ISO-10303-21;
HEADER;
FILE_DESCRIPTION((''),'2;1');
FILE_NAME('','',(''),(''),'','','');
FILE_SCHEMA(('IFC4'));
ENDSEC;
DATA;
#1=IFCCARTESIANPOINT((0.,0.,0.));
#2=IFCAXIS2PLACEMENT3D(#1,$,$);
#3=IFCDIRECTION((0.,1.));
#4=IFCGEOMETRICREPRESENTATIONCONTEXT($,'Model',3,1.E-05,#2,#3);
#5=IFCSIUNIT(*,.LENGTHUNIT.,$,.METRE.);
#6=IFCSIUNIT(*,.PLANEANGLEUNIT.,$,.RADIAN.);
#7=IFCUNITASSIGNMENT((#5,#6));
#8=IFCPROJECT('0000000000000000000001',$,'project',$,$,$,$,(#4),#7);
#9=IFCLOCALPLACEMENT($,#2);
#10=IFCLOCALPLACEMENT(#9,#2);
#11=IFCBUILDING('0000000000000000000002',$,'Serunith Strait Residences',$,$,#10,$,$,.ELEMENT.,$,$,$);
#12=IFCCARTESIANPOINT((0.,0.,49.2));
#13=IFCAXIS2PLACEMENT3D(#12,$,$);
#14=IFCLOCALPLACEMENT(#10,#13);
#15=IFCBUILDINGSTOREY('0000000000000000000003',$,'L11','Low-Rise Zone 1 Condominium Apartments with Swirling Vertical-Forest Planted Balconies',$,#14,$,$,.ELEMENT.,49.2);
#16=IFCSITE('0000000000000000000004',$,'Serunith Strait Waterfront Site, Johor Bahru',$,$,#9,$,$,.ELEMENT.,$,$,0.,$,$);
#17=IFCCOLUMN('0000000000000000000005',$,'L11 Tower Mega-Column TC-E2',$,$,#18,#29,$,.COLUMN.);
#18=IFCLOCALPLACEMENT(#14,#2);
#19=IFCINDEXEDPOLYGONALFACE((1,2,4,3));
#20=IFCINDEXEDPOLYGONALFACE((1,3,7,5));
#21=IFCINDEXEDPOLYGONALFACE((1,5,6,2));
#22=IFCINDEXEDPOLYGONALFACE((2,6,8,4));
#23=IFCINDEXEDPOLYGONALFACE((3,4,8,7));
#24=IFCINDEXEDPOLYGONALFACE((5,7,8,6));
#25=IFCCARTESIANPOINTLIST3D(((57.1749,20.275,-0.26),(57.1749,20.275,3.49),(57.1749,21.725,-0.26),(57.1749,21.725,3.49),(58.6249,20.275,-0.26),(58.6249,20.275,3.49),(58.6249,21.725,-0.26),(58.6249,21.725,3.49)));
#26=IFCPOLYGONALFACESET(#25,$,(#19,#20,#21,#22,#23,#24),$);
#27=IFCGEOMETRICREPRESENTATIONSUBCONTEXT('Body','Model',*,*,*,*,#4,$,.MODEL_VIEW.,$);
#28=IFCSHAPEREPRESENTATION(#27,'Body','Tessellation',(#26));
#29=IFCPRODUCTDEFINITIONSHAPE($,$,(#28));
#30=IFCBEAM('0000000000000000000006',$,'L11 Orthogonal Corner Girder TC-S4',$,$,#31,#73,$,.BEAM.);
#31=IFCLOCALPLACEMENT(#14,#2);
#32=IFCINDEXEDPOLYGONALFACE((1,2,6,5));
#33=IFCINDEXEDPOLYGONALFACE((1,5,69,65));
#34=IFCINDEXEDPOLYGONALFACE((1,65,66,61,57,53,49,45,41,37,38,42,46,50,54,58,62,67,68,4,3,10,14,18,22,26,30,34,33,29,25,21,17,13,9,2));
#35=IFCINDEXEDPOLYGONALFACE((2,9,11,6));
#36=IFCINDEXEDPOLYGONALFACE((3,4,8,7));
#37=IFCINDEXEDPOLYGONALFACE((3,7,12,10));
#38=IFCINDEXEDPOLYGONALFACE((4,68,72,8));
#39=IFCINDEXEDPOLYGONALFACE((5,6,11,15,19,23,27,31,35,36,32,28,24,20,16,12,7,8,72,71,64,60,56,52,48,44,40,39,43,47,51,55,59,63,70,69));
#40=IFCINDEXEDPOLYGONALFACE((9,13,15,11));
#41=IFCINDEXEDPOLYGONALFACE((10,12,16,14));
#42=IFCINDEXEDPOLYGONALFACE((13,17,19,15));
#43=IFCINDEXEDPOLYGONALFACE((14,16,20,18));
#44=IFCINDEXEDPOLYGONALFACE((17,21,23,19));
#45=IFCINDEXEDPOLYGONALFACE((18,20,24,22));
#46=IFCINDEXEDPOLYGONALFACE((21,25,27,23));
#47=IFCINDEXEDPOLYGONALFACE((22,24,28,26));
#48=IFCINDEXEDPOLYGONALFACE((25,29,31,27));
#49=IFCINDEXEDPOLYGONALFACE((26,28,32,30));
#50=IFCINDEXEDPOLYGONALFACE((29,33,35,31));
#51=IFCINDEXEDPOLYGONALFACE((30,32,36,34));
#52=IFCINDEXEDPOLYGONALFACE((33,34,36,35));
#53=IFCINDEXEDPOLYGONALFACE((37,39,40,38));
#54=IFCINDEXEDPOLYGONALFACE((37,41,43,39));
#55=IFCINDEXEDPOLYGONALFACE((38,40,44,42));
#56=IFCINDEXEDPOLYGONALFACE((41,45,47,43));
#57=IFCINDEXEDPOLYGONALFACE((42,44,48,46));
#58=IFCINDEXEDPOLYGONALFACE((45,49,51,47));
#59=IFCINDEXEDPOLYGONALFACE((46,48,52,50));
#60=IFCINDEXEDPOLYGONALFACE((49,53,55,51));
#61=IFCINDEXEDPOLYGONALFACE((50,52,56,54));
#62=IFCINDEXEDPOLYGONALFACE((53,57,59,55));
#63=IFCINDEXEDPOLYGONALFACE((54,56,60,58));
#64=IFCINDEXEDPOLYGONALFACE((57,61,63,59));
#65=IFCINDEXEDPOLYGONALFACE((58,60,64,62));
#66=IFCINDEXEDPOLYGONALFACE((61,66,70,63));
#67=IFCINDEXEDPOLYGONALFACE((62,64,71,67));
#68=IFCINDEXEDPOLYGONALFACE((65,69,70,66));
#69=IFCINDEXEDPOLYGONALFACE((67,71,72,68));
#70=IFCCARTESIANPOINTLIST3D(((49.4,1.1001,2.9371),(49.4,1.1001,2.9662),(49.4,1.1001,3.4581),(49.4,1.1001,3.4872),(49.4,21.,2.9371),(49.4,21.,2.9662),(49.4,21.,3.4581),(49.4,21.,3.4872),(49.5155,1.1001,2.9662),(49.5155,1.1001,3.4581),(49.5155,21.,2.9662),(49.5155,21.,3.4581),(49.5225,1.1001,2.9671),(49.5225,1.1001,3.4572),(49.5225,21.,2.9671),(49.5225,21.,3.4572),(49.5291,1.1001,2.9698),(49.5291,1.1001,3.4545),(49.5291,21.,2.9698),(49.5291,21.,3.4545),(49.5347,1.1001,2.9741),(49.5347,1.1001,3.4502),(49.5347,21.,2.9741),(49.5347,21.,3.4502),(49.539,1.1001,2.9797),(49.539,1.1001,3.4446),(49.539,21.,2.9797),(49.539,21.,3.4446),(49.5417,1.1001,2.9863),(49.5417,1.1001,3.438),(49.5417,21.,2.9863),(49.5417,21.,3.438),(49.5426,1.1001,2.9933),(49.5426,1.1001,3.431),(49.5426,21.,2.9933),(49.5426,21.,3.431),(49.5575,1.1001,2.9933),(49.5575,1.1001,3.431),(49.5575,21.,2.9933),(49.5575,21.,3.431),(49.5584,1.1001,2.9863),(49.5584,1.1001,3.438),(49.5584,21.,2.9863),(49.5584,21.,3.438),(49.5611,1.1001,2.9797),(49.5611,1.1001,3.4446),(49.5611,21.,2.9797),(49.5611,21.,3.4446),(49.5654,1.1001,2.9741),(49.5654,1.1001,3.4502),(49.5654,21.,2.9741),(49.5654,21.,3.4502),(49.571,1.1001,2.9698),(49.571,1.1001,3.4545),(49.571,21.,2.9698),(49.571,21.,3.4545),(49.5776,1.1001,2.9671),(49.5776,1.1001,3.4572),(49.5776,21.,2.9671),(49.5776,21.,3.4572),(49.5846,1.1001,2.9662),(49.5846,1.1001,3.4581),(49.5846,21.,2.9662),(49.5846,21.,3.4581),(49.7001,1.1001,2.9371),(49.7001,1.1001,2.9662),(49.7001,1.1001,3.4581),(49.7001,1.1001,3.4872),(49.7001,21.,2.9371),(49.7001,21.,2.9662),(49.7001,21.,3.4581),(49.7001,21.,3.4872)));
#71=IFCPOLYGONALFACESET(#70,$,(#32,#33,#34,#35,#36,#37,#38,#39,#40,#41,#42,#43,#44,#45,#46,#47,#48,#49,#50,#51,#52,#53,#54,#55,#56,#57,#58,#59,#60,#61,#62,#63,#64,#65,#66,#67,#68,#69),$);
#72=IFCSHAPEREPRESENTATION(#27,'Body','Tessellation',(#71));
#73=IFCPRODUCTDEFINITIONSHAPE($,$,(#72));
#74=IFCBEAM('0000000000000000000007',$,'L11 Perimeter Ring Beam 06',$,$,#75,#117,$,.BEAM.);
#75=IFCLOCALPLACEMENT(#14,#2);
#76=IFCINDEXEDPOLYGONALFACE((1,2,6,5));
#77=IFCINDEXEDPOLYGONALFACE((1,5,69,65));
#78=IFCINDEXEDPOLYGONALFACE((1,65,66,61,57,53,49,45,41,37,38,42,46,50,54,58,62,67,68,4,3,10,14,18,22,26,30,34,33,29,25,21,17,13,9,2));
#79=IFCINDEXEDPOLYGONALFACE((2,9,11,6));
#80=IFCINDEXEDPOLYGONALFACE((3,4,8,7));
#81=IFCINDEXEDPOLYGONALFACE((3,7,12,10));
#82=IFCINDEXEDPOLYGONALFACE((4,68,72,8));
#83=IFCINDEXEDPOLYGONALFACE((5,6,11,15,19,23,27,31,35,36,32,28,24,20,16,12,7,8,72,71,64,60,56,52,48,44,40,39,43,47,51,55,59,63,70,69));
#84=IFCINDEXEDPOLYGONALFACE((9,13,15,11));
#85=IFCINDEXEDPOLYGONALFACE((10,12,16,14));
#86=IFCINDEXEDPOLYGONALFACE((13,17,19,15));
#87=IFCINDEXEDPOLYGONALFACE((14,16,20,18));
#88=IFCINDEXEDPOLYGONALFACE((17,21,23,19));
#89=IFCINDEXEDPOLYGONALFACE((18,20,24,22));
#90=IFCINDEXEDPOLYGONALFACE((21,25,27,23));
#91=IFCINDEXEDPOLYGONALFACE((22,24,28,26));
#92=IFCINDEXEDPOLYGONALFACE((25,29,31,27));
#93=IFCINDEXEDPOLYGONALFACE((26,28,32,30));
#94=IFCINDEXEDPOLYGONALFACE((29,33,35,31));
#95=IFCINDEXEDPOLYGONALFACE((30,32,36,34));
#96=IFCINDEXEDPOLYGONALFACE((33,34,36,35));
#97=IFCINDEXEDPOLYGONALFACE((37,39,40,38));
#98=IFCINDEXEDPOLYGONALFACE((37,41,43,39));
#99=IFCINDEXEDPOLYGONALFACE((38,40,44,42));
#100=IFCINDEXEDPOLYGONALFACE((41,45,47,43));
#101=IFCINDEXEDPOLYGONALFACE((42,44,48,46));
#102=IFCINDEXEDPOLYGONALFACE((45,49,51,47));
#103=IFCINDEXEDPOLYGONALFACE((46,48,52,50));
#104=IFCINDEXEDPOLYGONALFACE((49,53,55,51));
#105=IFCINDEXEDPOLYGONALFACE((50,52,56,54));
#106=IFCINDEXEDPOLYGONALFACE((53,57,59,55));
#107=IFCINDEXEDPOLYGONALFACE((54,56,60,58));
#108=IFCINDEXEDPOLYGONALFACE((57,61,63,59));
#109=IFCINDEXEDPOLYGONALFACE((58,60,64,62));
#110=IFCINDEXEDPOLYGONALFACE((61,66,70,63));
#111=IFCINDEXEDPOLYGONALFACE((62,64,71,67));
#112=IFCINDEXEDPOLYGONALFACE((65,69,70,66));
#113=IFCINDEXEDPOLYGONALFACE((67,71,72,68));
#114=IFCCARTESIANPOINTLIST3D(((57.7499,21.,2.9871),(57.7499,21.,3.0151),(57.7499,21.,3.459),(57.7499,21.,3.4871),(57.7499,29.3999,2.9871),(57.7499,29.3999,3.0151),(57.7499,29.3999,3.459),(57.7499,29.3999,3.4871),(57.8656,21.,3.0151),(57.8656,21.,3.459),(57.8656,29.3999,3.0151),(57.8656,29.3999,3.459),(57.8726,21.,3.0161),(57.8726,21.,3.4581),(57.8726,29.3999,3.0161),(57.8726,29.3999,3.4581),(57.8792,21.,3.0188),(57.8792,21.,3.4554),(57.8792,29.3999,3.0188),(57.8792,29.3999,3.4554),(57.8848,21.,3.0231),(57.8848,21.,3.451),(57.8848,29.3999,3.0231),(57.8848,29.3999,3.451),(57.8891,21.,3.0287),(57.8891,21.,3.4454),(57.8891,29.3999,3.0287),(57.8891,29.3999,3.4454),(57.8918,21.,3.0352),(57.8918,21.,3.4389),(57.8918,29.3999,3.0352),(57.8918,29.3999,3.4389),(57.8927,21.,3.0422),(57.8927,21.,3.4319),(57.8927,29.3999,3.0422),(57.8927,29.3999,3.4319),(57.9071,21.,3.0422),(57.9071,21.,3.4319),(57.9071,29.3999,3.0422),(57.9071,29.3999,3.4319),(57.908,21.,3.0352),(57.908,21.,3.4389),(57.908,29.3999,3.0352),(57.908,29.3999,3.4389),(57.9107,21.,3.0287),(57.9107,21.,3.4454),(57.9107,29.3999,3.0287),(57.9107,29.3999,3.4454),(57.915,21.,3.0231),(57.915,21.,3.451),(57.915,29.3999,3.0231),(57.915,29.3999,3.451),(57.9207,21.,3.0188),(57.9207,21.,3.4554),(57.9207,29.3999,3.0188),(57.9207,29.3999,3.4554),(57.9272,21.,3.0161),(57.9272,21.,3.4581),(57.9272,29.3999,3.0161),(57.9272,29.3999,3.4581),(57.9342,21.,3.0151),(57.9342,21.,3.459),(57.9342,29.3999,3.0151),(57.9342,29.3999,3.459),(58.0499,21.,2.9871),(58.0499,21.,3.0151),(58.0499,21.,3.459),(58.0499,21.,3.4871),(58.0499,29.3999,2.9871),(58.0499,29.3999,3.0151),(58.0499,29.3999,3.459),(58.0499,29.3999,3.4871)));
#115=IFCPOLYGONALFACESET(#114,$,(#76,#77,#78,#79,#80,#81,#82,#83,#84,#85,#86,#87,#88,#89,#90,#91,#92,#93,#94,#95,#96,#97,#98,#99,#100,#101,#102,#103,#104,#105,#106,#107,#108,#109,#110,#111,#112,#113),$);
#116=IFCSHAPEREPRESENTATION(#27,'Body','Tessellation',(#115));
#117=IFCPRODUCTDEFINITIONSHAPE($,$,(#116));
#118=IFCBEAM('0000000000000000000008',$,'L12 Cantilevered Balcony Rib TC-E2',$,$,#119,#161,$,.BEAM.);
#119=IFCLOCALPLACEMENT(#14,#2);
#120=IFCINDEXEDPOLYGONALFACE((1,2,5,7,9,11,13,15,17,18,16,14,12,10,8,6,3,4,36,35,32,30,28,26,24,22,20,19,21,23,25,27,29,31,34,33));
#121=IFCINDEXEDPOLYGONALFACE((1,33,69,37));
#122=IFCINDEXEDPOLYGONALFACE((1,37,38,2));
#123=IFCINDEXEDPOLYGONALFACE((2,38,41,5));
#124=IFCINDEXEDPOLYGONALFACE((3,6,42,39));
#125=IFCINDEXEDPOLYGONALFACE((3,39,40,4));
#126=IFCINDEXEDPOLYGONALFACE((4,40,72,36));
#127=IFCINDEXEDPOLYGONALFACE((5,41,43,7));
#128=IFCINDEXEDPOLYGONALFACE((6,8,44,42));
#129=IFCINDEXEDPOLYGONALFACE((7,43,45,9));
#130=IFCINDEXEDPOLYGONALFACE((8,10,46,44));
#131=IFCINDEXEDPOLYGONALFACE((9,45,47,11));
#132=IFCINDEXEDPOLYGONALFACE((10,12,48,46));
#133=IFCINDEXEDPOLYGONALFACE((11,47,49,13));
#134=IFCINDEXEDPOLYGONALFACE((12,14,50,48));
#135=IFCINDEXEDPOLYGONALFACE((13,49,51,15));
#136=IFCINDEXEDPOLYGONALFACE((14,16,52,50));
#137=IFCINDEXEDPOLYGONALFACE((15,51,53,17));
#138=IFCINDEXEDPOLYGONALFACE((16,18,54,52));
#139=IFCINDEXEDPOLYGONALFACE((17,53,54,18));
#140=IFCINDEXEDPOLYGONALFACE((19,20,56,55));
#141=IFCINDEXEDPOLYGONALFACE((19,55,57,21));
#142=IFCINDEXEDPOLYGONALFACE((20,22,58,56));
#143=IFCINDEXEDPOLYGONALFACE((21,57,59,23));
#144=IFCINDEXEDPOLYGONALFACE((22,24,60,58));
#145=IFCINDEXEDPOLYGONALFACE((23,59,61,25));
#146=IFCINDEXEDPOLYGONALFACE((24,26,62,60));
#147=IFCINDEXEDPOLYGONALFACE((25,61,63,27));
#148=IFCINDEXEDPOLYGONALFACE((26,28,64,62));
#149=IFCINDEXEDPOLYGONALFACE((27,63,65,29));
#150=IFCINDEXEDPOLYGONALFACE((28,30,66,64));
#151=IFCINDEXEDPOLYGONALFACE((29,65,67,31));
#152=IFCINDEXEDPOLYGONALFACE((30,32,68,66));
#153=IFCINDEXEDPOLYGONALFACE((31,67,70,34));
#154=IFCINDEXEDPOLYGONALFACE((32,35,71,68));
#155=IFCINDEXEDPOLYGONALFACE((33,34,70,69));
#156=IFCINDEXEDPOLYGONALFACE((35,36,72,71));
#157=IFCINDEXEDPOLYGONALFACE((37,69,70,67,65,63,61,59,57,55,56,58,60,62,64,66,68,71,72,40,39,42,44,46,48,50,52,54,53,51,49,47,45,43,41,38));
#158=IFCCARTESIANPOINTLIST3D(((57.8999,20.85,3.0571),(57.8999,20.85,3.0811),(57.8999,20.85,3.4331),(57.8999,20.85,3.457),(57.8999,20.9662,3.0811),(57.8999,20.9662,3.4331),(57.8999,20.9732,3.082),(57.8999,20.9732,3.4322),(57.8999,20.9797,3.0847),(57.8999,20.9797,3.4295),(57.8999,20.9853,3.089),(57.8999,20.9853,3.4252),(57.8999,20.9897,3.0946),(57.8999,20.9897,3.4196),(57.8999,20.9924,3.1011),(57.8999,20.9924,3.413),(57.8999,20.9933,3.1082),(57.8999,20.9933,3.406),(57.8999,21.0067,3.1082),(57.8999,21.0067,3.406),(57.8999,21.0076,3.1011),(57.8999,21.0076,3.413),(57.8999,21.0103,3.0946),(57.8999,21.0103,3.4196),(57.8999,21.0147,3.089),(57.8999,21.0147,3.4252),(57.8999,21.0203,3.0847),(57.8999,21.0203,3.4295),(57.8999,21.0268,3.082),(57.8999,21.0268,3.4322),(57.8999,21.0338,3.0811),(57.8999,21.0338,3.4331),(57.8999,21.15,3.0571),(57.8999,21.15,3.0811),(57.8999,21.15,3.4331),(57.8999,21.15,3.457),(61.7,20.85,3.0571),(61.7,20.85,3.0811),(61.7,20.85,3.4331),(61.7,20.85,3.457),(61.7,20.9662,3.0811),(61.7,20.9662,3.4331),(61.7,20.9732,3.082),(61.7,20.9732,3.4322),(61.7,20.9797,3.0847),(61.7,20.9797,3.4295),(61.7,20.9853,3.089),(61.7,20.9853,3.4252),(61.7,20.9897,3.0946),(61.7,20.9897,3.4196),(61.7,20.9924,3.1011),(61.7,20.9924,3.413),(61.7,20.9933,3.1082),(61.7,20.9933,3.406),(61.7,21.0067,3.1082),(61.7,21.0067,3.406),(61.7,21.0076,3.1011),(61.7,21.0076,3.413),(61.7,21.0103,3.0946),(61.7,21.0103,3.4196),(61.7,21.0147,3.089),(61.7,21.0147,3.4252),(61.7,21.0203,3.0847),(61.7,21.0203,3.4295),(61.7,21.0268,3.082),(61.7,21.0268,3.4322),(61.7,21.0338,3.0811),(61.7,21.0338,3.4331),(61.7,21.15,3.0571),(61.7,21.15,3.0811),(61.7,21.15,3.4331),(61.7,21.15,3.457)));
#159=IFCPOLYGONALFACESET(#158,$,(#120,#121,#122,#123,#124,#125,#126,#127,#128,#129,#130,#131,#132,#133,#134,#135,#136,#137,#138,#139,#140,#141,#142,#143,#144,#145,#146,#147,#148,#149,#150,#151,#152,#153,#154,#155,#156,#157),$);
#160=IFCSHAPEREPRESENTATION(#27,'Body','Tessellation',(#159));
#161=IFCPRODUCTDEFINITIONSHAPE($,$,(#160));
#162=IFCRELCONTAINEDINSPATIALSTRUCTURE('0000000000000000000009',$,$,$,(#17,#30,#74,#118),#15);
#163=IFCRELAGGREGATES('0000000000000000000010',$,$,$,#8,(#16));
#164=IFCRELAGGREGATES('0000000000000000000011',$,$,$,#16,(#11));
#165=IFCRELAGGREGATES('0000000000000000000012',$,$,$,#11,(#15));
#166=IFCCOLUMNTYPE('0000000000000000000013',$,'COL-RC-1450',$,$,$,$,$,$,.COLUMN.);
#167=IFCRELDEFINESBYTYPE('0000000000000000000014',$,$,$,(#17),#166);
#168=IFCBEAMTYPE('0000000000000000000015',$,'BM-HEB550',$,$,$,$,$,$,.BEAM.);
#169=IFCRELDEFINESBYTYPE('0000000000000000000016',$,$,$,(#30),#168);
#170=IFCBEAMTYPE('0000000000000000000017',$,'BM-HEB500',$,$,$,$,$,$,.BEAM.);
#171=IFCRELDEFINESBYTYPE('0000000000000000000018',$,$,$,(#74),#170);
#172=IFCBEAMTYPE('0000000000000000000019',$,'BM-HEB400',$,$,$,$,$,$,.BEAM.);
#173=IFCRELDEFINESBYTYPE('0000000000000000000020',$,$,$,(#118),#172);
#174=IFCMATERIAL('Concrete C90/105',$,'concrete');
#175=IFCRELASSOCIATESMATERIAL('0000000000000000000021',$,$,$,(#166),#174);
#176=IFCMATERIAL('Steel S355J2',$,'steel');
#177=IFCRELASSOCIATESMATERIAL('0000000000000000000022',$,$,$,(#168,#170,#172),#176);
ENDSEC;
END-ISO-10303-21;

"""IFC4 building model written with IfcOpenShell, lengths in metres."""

from ifc_helpers import new_model, si_unit, direction, frame, origin, origin_2d, place, context, subcontext, project, spatial, rectangle, i_section, extrude, source, transform, mapped, material, material_profile, profile_set, type_object, element, save


model = new_model("IFC4")

# Units and contexts
model_context = context("Model", 3, precision=1e-05, world=origin(), true_north=direction((0.0, 1.0)))
body_context = subcontext(model_context, "Body", "Model", "MODEL_VIEW")
ifc_project = project(units=[si_unit("LENGTHUNIT", "METRE"), si_unit("PLANEANGLEUNIT", "RADIAN")], contexts=[model_context])

# Site, building, storey
site_placement = place(None, origin())
site = spatial("IfcSite", under=ifc_project, at=site_placement, Name="Serunith Strait Waterfront Site, Johor Bahru", CompositionType="ELEMENT", RefElevation=0.0)
building_placement = place(site_placement, origin())
building = spatial("IfcBuilding", under=site, at=building_placement, Name="Serunith Strait Residences", CompositionType="ELEMENT")
storey_placement = place(building_placement, frame((0.0, 0.0, 49.2)))
storey = spatial("IfcBuildingStorey", under=building, at=storey_placement, Name="L11", Description="Low-Rise Zone 1 Condominium Apartments with Swirling Vertical-Forest Planted Balconies", CompositionType="ELEMENT", Elevation=49.2)

# Column
ifc_material_1 = material(Name="Concrete C90/105", Category="concrete")
ifc_material_profile_1 = material_profile(ifc_material_1, rectangle(XDim=1.45, YDim=1.45, at=origin_2d()), Name="RC 1450x1450")
ifc_profile_set_1 = profile_set([ifc_material_profile_1], Name="Concrete C90/105")
column_type = type_object("IfcColumnType", Name="COL-RC-1450", PredefinedType="COLUMN", material=ifc_profile_set_1)
shared_shape_1 = source(origin(), body_context, "Body", "SweptSolid", [
    extrude(rectangle(XDim=1.45, YDim=1.45, at=origin_2d()), origin(), (0.0, 0.0, 1.0), 3.75),
])
column_placement = place(storey_placement, frame((57.8999, 21.0, -0.26), z_axis=(0.0, 0.0, 1.0), x_axis=(1.0, 0.0, 0.0)))
element("IfcColumn", 1, at=column_placement, inside=storey, type_object=column_type, Name="L11 Tower Mega-Column TC-E2", PredefinedType="COLUMN", context=body_context, shape_type="MappedRepresentation", body=[
    mapped(shared_shape_1, transform((0.0, 0.0, 0.0), scale=1.0)),
])

# Beams
ifc_material_2 = material(Name="Steel S355J2", Category="steel")
ifc_material_profile_2 = material_profile(ifc_material_2, i_section(OverallWidth=0.3, OverallDepth=0.55, WebThickness=0.0149, FlangeThickness=0.0291, FilletRadius=0.0271, at=origin_2d()), Name="HEB 550")
ifc_profile_set_2 = profile_set([ifc_material_profile_2], Name="Steel S355J2")
beam_type_1 = type_object("IfcBeamType", Name="BM-HEB550", PredefinedType="BEAM", material=ifc_profile_set_2)
shared_shape_2 = source(origin(), body_context, "Body", "SweptSolid", [
    extrude(i_section(OverallWidth=0.3, OverallDepth=0.55, WebThickness=0.0149, FlangeThickness=0.0291, FilletRadius=0.0271, at=origin_2d()), origin(), (0.0, 0.0, 1.0), 19.8999),
])
beam_1_placement = place(storey_placement, frame((49.55, 21.0, 3.2122), z_axis=(0.0, -1.0, 0.0), x_axis=(1.0, 0.0, 0.0)))
element("IfcBeam", 2, at=beam_1_placement, inside=storey, type_object=beam_type_1, Name="L11 Orthogonal Corner Girder TC-S4", PredefinedType="BEAM", context=body_context, shape_type="MappedRepresentation", body=[
    mapped(shared_shape_2, transform((0.0, 0.0, 0.0), scale=1.0)),
])
ifc_material_profile_3 = material_profile(ifc_material_2, i_section(OverallWidth=0.3, OverallDepth=0.5, WebThickness=0.0144, FlangeThickness=0.0281, FilletRadius=0.0271, at=origin_2d()), Name="HEB 500")
ifc_profile_set_3 = profile_set([ifc_material_profile_3], Name="Steel S355J2")
beam_type_2 = type_object("IfcBeamType", Name="BM-HEB500", PredefinedType="BEAM", material=ifc_profile_set_3)
shared_shape_3 = source(origin(), body_context, "Body", "SweptSolid", [
    extrude(i_section(OverallWidth=0.3, OverallDepth=0.5, WebThickness=0.0144, FlangeThickness=0.0281, FilletRadius=0.0271, at=origin_2d()), origin(), (0.0, 0.0, 1.0), 8.3999),
])
beam_2_placement = place(storey_placement, frame((57.8999, 21.0, 3.2371), z_axis=(0.0, 1.0, 0.0), x_axis=(-1.0, 0.0, 0.0)))
element("IfcBeam", 3, at=beam_2_placement, inside=storey, type_object=beam_type_2, Name="L11 Perimeter Ring Beam 06", PredefinedType="BEAM", context=body_context, shape_type="MappedRepresentation", body=[
    mapped(shared_shape_3, transform((0.0, 0.0, 0.0), scale=1.0)),
])
ifc_material_profile_4 = material_profile(ifc_material_2, i_section(OverallWidth=0.3, OverallDepth=0.3999, WebThickness=0.0134, FlangeThickness=0.0239, FilletRadius=0.0271, at=origin_2d()), Name="HEB 400")
ifc_profile_set_4 = profile_set([ifc_material_profile_4], Name="Steel S355J2")
beam_type_3 = type_object("IfcBeamType", Name="BM-HEB400", PredefinedType="BEAM", material=ifc_profile_set_4)
shared_shape_4 = source(origin(), body_context, "Body", "SweptSolid", [
    extrude(i_section(OverallWidth=0.3, OverallDepth=0.3999, WebThickness=0.0134, FlangeThickness=0.0239, FilletRadius=0.0271, at=origin_2d()), origin(), (0.0, 0.0, 1.0), 3.8),
])
beam_3_placement = place(storey_placement, frame((57.8999, 21.0, 3.2571), z_axis=(1.0, 0.0, 0.0), x_axis=(0.0, 1.0, 0.0)))
element("IfcBeam", 4, at=beam_3_placement, inside=storey, type_object=beam_type_3, Name="L12 Cantilevered Balcony Rib TC-E2", PredefinedType="BEAM", context=body_context, shape_type="MappedRepresentation", body=[
    mapped(shared_shape_4, transform((0.0, 0.0, 0.0), scale=1.0)),
])

save(model, "model.ifc")
